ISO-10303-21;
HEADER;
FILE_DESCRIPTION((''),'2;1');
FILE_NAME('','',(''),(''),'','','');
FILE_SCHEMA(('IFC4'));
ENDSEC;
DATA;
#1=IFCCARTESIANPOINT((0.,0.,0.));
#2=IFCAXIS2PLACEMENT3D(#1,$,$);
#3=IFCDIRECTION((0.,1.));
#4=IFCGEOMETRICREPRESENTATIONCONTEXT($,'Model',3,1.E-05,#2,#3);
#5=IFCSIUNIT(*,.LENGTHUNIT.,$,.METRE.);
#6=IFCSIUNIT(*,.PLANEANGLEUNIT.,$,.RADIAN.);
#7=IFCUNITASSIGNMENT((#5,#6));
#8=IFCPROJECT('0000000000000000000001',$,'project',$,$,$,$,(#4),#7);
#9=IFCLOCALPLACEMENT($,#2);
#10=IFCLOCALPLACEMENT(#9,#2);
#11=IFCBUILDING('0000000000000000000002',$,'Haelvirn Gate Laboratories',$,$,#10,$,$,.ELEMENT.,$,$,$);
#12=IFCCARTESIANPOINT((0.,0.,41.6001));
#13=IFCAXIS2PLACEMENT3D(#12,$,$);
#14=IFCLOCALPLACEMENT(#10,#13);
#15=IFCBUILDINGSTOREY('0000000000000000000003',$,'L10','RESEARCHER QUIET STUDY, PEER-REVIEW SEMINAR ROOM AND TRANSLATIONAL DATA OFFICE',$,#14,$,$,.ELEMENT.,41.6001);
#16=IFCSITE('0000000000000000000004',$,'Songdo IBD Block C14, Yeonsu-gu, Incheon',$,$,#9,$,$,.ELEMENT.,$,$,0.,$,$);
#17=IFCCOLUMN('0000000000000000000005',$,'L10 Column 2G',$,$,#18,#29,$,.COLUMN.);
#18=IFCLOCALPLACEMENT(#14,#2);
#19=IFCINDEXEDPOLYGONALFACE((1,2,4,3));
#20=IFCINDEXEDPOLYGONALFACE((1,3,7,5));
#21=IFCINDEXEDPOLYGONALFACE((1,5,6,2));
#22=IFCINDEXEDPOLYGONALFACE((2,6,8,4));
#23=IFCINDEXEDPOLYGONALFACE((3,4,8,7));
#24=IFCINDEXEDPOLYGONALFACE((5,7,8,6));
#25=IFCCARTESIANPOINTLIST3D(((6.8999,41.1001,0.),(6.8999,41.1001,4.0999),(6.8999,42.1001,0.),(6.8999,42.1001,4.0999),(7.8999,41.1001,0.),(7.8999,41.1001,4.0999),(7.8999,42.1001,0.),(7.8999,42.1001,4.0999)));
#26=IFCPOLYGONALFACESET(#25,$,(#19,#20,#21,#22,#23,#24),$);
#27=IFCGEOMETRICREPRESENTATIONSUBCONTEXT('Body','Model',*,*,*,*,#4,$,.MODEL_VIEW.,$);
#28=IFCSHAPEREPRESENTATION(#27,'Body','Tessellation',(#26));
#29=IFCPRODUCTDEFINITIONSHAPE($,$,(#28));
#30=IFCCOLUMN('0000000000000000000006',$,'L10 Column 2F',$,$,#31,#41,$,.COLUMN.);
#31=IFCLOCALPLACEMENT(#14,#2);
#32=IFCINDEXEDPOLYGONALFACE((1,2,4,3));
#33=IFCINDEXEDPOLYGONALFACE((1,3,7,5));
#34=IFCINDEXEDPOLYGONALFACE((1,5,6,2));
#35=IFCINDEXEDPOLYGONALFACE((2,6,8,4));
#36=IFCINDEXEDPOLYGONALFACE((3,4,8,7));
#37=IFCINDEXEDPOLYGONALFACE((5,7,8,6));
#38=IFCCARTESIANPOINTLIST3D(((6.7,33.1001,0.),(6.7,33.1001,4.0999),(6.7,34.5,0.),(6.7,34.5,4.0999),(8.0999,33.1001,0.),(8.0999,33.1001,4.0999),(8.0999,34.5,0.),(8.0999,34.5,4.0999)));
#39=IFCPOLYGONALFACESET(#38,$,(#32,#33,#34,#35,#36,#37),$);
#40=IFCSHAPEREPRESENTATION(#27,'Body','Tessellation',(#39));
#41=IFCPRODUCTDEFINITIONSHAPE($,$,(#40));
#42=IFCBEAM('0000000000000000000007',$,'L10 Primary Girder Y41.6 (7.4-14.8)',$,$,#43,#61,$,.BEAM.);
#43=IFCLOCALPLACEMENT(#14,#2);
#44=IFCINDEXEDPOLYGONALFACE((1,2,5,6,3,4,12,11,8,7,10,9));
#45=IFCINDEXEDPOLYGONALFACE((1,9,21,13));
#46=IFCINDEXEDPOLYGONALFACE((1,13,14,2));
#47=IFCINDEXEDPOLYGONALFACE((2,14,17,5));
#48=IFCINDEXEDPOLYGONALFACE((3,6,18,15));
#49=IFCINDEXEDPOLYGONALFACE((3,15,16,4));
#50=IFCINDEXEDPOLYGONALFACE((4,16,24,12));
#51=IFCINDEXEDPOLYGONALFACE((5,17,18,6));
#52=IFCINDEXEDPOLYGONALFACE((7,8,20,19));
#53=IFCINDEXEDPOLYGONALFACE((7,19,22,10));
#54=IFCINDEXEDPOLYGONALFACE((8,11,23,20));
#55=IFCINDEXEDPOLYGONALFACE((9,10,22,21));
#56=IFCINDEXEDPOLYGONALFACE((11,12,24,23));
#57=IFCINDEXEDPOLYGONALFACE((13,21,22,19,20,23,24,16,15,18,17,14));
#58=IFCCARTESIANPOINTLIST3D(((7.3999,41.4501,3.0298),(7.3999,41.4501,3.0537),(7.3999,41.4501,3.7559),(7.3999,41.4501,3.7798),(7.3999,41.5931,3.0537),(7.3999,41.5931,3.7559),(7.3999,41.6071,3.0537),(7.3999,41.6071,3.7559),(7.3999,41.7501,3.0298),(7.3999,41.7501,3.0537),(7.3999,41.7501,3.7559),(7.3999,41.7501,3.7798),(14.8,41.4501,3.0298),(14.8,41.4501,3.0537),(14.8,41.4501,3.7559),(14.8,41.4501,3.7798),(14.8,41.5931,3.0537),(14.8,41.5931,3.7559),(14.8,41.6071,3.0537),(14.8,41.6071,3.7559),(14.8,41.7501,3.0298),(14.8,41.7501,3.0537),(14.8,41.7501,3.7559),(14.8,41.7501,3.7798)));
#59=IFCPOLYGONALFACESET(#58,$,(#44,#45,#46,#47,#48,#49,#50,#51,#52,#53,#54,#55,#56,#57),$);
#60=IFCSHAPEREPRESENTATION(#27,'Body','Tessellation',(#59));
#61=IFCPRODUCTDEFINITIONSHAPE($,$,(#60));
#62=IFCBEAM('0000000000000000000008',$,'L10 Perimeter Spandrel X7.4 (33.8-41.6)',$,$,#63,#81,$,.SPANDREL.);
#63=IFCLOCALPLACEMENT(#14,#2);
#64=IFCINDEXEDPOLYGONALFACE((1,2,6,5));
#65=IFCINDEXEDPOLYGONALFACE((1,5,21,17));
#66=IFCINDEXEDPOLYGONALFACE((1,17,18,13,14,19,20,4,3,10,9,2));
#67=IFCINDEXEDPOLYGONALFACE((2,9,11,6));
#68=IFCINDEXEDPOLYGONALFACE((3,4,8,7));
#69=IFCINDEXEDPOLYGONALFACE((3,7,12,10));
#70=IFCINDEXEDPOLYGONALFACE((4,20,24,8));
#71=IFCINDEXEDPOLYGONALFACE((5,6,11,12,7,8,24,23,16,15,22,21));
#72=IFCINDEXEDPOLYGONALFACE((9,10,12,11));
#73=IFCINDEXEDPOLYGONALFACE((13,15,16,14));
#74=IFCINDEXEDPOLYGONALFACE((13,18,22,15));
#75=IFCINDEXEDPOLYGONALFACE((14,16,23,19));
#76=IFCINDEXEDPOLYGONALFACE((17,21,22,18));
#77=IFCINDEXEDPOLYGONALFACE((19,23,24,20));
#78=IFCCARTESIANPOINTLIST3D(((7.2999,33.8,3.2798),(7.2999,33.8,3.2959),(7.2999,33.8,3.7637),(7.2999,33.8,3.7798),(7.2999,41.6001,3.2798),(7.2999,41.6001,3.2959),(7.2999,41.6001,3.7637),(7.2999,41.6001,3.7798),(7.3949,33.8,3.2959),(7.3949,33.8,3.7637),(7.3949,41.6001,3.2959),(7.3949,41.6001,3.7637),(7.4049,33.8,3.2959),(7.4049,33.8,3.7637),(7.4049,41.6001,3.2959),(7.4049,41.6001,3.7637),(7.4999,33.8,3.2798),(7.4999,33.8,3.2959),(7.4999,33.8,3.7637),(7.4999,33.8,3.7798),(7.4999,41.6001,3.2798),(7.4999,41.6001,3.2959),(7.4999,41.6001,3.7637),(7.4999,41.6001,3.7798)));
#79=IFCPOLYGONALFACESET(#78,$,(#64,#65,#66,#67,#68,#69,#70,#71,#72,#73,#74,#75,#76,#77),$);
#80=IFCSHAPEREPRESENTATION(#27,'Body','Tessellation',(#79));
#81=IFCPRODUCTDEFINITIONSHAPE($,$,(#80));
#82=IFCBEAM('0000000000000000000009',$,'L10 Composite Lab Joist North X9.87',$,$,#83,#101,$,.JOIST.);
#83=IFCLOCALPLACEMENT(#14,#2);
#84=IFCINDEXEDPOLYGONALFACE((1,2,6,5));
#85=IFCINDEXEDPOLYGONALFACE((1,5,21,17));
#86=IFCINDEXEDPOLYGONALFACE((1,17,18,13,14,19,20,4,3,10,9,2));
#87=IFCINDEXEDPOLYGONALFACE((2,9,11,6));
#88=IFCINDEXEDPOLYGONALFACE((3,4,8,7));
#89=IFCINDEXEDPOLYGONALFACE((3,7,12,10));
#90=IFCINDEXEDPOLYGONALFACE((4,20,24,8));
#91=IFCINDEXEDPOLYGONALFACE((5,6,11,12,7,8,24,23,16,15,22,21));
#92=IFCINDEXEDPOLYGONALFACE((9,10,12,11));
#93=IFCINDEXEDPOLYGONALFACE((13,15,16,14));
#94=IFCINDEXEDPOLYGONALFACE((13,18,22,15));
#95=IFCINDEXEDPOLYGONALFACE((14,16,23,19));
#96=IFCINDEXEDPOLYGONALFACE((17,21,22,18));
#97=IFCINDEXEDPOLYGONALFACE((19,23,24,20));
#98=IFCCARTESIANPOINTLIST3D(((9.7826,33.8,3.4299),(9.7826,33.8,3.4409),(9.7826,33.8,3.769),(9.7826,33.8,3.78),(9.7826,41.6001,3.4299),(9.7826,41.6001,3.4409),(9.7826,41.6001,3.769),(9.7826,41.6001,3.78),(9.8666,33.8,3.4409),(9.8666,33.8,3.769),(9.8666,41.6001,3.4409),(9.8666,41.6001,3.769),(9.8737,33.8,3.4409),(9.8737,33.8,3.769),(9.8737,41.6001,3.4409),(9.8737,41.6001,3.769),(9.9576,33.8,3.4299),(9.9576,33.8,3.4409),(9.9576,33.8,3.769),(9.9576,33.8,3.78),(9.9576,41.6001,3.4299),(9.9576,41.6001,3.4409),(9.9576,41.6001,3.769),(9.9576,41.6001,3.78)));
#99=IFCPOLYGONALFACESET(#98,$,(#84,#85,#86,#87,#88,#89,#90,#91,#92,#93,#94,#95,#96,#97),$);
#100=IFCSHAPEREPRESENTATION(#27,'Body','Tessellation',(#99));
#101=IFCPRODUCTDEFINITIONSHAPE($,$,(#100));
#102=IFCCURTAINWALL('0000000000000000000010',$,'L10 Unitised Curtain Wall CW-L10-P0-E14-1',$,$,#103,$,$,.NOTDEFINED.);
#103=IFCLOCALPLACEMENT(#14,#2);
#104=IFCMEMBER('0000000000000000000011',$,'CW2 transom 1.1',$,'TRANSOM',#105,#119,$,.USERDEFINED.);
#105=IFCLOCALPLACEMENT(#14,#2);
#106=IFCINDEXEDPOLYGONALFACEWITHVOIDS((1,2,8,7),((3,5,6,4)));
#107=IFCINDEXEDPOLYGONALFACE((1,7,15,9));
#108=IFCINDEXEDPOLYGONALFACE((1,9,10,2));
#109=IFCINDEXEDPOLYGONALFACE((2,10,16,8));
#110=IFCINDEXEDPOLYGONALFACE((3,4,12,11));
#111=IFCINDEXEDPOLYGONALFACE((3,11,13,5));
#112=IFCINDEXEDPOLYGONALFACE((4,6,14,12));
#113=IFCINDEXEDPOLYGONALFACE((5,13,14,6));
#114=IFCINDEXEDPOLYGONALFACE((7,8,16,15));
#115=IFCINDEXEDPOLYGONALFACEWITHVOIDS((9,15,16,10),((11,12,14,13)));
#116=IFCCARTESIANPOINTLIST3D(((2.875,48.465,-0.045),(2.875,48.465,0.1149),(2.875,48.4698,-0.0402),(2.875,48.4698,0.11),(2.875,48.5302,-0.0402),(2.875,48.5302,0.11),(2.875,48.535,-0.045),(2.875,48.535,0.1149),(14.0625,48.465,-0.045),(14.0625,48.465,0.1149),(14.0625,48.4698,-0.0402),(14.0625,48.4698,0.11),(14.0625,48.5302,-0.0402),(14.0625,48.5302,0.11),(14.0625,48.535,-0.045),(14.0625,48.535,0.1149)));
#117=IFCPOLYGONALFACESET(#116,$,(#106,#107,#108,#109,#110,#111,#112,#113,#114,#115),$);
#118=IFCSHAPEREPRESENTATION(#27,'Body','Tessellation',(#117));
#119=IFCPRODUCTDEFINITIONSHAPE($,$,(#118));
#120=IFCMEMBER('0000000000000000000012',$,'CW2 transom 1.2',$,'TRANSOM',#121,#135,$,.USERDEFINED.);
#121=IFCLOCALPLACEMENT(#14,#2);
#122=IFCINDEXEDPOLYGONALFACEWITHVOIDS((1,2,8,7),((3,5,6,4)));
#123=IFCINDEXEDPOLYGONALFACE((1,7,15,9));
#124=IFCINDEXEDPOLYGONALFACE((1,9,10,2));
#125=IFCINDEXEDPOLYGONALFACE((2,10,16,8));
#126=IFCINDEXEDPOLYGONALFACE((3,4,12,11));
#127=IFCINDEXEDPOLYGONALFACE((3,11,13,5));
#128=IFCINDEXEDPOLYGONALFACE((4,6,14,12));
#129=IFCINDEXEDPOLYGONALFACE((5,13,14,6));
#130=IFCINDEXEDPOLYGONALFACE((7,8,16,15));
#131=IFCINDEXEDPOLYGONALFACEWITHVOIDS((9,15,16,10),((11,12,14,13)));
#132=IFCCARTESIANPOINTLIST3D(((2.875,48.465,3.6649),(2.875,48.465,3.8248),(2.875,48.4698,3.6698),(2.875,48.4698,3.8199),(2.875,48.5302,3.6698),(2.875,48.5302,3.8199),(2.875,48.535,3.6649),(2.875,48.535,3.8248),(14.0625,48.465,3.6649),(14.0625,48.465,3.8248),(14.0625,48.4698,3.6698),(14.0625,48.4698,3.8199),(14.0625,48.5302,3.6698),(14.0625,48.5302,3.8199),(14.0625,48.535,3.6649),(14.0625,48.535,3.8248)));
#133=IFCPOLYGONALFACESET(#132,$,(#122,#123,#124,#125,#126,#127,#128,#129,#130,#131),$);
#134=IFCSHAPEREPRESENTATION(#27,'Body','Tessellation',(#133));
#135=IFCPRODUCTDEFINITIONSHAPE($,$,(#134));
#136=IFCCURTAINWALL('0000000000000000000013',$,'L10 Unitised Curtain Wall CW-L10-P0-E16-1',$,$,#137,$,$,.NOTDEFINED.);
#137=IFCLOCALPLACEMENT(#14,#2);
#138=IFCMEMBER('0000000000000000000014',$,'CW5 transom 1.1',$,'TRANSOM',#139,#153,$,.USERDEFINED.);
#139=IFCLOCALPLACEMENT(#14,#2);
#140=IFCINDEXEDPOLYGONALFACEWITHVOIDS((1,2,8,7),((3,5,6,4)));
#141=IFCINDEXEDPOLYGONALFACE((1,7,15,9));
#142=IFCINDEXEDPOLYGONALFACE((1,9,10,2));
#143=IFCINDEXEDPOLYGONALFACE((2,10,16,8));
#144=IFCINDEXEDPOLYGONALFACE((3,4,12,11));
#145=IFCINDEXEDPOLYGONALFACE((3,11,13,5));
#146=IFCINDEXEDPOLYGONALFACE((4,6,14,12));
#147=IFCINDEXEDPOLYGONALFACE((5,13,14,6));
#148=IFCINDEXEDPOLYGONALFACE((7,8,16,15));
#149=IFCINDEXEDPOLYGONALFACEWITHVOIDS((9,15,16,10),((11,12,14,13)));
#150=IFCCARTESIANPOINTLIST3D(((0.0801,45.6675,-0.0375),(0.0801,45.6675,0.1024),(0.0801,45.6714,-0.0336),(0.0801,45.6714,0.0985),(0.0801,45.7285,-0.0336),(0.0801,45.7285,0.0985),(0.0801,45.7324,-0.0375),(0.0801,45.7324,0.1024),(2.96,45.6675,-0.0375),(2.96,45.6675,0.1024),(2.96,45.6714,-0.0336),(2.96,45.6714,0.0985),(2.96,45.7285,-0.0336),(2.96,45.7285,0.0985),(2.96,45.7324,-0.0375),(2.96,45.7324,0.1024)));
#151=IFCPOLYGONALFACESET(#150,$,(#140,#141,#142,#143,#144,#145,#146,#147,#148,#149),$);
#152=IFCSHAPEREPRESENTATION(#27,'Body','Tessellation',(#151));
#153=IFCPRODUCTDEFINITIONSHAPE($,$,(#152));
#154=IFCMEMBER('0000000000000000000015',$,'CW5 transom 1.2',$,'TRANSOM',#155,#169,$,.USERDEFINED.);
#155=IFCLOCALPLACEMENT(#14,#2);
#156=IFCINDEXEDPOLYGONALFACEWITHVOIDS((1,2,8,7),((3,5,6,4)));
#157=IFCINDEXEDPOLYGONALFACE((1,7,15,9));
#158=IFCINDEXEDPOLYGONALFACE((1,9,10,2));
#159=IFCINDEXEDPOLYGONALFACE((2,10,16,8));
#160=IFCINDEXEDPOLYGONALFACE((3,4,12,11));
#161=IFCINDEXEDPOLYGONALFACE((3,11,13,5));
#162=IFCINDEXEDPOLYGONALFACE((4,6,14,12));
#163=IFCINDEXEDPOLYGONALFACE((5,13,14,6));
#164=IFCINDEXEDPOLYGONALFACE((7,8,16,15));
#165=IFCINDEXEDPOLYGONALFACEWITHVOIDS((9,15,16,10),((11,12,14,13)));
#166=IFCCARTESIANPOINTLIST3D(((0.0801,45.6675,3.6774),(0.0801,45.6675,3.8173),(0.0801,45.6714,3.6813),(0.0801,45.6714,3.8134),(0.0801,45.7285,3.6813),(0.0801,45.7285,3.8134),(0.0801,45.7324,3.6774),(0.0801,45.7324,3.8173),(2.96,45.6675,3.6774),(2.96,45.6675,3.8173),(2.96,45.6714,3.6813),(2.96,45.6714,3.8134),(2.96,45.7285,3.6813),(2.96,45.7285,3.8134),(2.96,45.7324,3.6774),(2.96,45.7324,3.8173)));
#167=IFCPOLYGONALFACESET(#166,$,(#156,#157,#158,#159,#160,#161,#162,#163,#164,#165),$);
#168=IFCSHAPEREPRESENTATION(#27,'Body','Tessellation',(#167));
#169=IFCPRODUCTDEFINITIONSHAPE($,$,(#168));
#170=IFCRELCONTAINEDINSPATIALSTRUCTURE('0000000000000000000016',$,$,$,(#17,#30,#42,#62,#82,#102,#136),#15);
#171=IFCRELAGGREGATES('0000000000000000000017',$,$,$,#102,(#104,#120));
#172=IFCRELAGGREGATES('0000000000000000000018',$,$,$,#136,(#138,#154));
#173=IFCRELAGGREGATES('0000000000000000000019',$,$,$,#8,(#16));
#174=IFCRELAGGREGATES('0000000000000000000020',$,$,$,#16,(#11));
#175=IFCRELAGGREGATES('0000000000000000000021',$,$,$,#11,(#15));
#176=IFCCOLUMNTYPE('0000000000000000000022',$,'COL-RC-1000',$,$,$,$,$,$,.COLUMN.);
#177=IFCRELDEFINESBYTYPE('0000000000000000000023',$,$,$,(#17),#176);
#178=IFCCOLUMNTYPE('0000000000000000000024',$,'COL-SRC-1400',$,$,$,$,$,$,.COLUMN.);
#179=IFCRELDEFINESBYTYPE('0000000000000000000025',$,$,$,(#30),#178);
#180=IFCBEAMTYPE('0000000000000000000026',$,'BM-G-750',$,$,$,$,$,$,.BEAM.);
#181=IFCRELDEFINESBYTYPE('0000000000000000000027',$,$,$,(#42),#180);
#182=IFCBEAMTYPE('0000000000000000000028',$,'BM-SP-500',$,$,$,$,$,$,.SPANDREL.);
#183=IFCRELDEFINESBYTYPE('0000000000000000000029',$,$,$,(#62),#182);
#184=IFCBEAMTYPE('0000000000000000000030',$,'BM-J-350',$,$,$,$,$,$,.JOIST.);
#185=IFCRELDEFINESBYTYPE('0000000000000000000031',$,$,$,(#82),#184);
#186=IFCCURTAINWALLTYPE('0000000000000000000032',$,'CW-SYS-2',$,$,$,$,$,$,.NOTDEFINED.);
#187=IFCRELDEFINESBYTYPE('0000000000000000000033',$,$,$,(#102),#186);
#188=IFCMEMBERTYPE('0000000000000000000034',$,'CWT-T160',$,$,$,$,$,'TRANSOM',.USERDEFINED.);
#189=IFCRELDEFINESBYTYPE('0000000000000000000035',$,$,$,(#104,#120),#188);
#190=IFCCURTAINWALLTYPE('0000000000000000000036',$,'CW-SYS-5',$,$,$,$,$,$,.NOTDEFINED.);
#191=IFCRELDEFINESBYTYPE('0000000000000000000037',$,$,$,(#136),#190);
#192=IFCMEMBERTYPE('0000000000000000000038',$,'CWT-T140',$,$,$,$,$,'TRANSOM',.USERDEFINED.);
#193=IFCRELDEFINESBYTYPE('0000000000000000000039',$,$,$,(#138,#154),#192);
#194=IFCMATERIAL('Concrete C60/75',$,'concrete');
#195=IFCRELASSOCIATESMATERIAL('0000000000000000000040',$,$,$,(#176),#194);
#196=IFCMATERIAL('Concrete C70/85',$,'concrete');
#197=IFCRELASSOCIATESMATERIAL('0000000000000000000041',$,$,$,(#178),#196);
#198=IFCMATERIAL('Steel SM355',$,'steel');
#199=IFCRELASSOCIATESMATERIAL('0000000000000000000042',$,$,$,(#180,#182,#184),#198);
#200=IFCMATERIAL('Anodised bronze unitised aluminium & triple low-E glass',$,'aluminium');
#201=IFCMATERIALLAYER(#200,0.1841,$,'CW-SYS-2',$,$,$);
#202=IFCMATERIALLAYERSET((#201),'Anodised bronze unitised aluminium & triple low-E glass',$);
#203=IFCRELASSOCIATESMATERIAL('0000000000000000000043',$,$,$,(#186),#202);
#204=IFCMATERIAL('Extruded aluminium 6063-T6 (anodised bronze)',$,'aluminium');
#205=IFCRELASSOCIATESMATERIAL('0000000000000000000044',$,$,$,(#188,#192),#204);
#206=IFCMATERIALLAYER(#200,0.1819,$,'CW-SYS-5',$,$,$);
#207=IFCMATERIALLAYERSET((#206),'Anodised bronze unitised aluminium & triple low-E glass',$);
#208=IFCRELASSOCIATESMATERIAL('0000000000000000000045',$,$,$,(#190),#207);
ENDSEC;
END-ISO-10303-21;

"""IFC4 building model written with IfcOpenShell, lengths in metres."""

from ifc_helpers import new_model, si_unit, direction, frame, origin, origin_2d, place, context, subcontext, project, spatial, rectangle, hollow_rectangle, i_section, extrude, source, transform, mapped, material, layer, layer_set, material_profile, profile_set, type_object, type_shapes, element, aggregate, save


model = new_model("IFC4")

# Units and contexts
model_context = context("Model", 3, precision=1e-05, world=origin(), true_north=direction((0.0, 1.0)))
body_context = subcontext(model_context, "Body", "Model", "MODEL_VIEW")
ifc_project = project(units=[si_unit("LENGTHUNIT", "METRE"), si_unit("PLANEANGLEUNIT", "RADIAN")], contexts=[model_context])

# Site, building, storey
site_placement = place(None, origin())
site = spatial("IfcSite", under=ifc_project, at=site_placement, Name="Songdo IBD Block C14, Yeonsu-gu, Incheon", CompositionType="ELEMENT", RefElevation=0.0)
building_placement = place(site_placement, origin())
building = spatial("IfcBuilding", under=site, at=building_placement, Name="Haelvirn Gate Laboratories", CompositionType="ELEMENT")
storey_placement = place(building_placement, frame((0.0, 0.0, 41.6001)))
storey = spatial("IfcBuildingStorey", under=building, at=storey_placement, Name="L10", Description="RESEARCHER QUIET STUDY, PEER-REVIEW SEMINAR ROOM AND TRANSLATIONAL DATA OFFICE", CompositionType="ELEMENT", Elevation=41.6001)

# Columns
ifc_material_1 = material(Name="Concrete C60/75", Category="concrete")
ifc_material_profile_1 = material_profile(ifc_material_1, rectangle(XDim=1.0, YDim=1.0, at=origin_2d()), Name="RC-1000x1000")
ifc_profile_set_1 = profile_set([ifc_material_profile_1], Name="Concrete C60/75")
column_type_1 = type_object("IfcColumnType", Name="COL-RC-1000", PredefinedType="COLUMN", material=ifc_profile_set_1)
shared_shape_1 = source(origin(), body_context, "Body", "SweptSolid", [
    extrude(rectangle(XDim=1.0, YDim=1.0, at=origin_2d()), origin(), (0.0, 0.0, 1.0), 4.0999),
])
type_shapes(column_type_1, [shared_shape_1])
column_1_placement = place(storey_placement, frame((7.3999, 41.6001, 0.0), z_axis=(0.0, 0.0, 1.0), x_axis=(1.0, 0.0, 0.0)))
element("IfcColumn", 1, at=column_1_placement, inside=storey, type_object=column_type_1, Name="L10 Column 2G", PredefinedType="COLUMN", context=body_context, shape_type="MappedRepresentation", body=[
    mapped(shared_shape_1, transform((0.0, 0.0, 0.0), scale=1.0)),
])
ifc_material_2 = material(Name="Concrete C70/85", Category="concrete")
ifc_material_profile_2 = material_profile(ifc_material_2, rectangle(XDim=1.3999, YDim=1.3999, at=origin_2d()), Name="SRC-1400x1400")
ifc_profile_set_2 = profile_set([ifc_material_profile_2], Name="Concrete C70/85")
column_type_2 = type_object("IfcColumnType", Name="COL-SRC-1400", PredefinedType="COLUMN", material=ifc_profile_set_2)
shared_shape_2 = source(origin(), body_context, "Body", "SweptSolid", [
    extrude(rectangle(XDim=1.3999, YDim=1.3999, at=origin_2d()), origin(), (0.0, 0.0, 1.0), 4.0999),
])
type_shapes(column_type_2, [shared_shape_2])
column_2_placement = place(storey_placement, frame((7.3999, 33.8, 0.0), z_axis=(0.0, 0.0, 1.0), x_axis=(1.0, 0.0, 0.0)))
element("IfcColumn", 2, at=column_2_placement, inside=storey, type_object=column_type_2, Name="L10 Column 2F", PredefinedType="COLUMN", context=body_context, shape_type="MappedRepresentation", body=[
    mapped(shared_shape_2, transform((0.0, 0.0, 0.0), scale=1.0)),
])

# Beams
ifc_material_3 = material(Name="Steel SM355", Category="steel")
ifc_material_profile_3 = material_profile(ifc_material_3, i_section(OverallWidth=0.3, OverallDepth=0.75, WebThickness=0.0139, FlangeThickness=0.0239, at=origin_2d()), Name="H-750x300x14x24")
ifc_profile_set_3 = profile_set([ifc_material_profile_3], Name="Steel SM355")
beam_type_1 = type_object("IfcBeamType", Name="BM-G-750", PredefinedType="BEAM", material=ifc_profile_set_3)
shared_shape_3 = source(origin(), body_context, "Body", "SweptSolid", [
    extrude(i_section(OverallWidth=0.3, OverallDepth=0.75, WebThickness=0.0139, FlangeThickness=0.0239, at=origin_2d()), origin(), (0.0, 0.0, 1.0), 7.4001),
])
type_shapes(beam_type_1, [shared_shape_3])
beam_1_placement = place(storey_placement, frame((7.3999, 41.6001, 3.4048), z_axis=(1.0, 0.0, 0.0), x_axis=(0.0, 1.0, 0.0)))
element("IfcBeam", 3, at=beam_1_placement, inside=storey, type_object=beam_type_1, Name="L10 Primary Girder Y41.6 (7.4-14.8)", PredefinedType="BEAM", context=body_context, shape_type="MappedRepresentation", body=[
    mapped(shared_shape_3, transform((0.0, 0.0, 0.0), scale=1.0)),
])
ifc_material_profile_4 = material_profile(ifc_material_3, i_section(OverallWidth=0.2, OverallDepth=0.5, WebThickness=0.01, FlangeThickness=0.0161, at=origin_2d()), Name="H-500x200x10x16")
ifc_profile_set_4 = profile_set([ifc_material_profile_4], Name="Steel SM355")
beam_type_2 = type_object("IfcBeamType", Name="BM-SP-500", PredefinedType="SPANDREL", material=ifc_profile_set_4)
shared_shape_4 = source(origin(), body_context, "Body", "SweptSolid", [
    extrude(i_section(OverallWidth=0.2, OverallDepth=0.5, WebThickness=0.01, FlangeThickness=0.0161, at=origin_2d()), origin(), (0.0, 0.0, 1.0), 7.8),
])
type_shapes(beam_type_2, [shared_shape_4])
beam_2_placement = place(storey_placement, frame((7.3999, 33.8, 3.5298), z_axis=(0.0, 1.0, 0.0), x_axis=(-1.0, 0.0, 0.0)))
element("IfcBeam", 4, at=beam_2_placement, inside=storey, type_object=beam_type_2, Name="L10 Perimeter Spandrel X7.4 (33.8-41.6)", PredefinedType="SPANDREL", context=body_context, shape_type="MappedRepresentation", body=[
    mapped(shared_shape_4, transform((0.0, 0.0, 0.0), scale=1.0)),
])
ifc_material_profile_5 = material_profile(ifc_material_3, i_section(OverallWidth=0.175, OverallDepth=0.3501, WebThickness=0.0071, FlangeThickness=0.011, at=origin_2d()), Name="H-350x175x7x11")
ifc_profile_set_5 = profile_set([ifc_material_profile_5], Name="Steel SM355")
beam_type_3 = type_object("IfcBeamType", Name="BM-J-350", PredefinedType="JOIST", material=ifc_profile_set_5)
shared_shape_5 = source(origin(), body_context, "Body", "SweptSolid", [
    extrude(i_section(OverallWidth=0.175, OverallDepth=0.3501, WebThickness=0.0071, FlangeThickness=0.011, at=origin_2d()), origin(), (0.0, 0.0, 1.0), 7.8),
])
type_shapes(beam_type_3, [shared_shape_5])
beam_3_placement = place(storey_placement, frame((9.8701, 33.8, 3.605), z_axis=(0.0, 1.0, 0.0), x_axis=(-1.0, 0.0, 0.0)))
element("IfcBeam", 5, at=beam_3_placement, inside=storey, type_object=beam_type_3, Name="L10 Composite Lab Joist North X9.87", PredefinedType="JOIST", context=body_context, shape_type="MappedRepresentation", body=[
    mapped(shared_shape_5, transform((0.0, 0.0, 0.0), scale=1.0)),
])

# Curtain walls, members
ifc_material_4 = material(Name="Anodised bronze unitised aluminium & triple low-E glass", Category="aluminium")
ifc_layer_1 = layer(ifc_material_4, 0.1841, Name="CW-SYS-2")
ifc_layer_set_1 = layer_set([ifc_layer_1], Name="Anodised bronze unitised aluminium & triple low-E glass")
curtain_wall_type_1 = type_object("IfcCurtainWallType", Name="CW-SYS-2", PredefinedType="NOTDEFINED", material=ifc_layer_set_1)
curtain_wall_1_placement = place(storey_placement, origin())
curtain_wall_1 = element("IfcCurtainWall", 6, at=curtain_wall_1_placement, inside=storey, type_object=curtain_wall_type_1, Name="L10 Unitised Curtain Wall CW-L10-P0-E14-1", PredefinedType="NOTDEFINED")
ifc_material_5 = material(Name="Extruded aluminium 6063-T6 (anodised bronze)", Category="aluminium")
ifc_material_profile_6 = material_profile(ifc_material_5, hollow_rectangle(XDim=0.0701, YDim=0.1599, WallThickness=0.0049, at=origin_2d()), Name="CWT-160x70x5")
ifc_profile_set_6 = profile_set([ifc_material_profile_6], Name="Extruded aluminium 6063-T6 (anodised bronze)")
member_type_1 = type_object("IfcMemberType", Name="CWT-T160", ElementType="TRANSOM", PredefinedType="USERDEFINED", material=ifc_profile_set_6)
shared_shape_6 = source(origin(), body_context, "Body", "SweptSolid", [
    extrude(hollow_rectangle(XDim=0.0701, YDim=0.1599, WallThickness=0.0049, at=origin_2d()), origin(), (0.0, 0.0, 1.0), 11.1875),
])
member_1_placement = place(storey_placement, frame((2.875, 48.5, 0.0349), z_axis=(1.0, 0.0, 0.0), x_axis=(0.0, 1.0, 0.0)))
member_1 = element("IfcMember", 7, at=member_1_placement, type_object=member_type_1, Name="CW2 transom 1.1", ObjectType="TRANSOM", PredefinedType="USERDEFINED", context=body_context, shape_type="MappedRepresentation", body=[
    mapped(shared_shape_6, transform((0.0, 0.0, 0.0), scale=1.0)),
])
member_2_placement = place(storey_placement, frame((2.875, 48.5, 3.7449), z_axis=(1.0, 0.0, 0.0), x_axis=(0.0, 1.0, 0.0)))
member_2 = element("IfcMember", 8, at=member_2_placement, type_object=member_type_1, Name="CW2 transom 1.2", ObjectType="TRANSOM", PredefinedType="USERDEFINED", context=body_context, shape_type="MappedRepresentation", body=[
    mapped(shared_shape_6, transform((0.0, 0.0, 0.0), scale=1.0)),
])
ifc_layer_2 = layer(ifc_material_4, 0.1819, Name="CW-SYS-5")
ifc_layer_set_2 = layer_set([ifc_layer_2], Name="Anodised bronze unitised aluminium & triple low-E glass")
curtain_wall_type_2 = type_object("IfcCurtainWallType", Name="CW-SYS-5", PredefinedType="NOTDEFINED", material=ifc_layer_set_2)
curtain_wall_2_placement = place(storey_placement, origin())
curtain_wall_2 = element("IfcCurtainWall", 9, at=curtain_wall_2_placement, inside=storey, type_object=curtain_wall_type_2, Name="L10 Unitised Curtain Wall CW-L10-P0-E16-1", PredefinedType="NOTDEFINED")
ifc_material_profile_7 = material_profile(ifc_material_5, hollow_rectangle(XDim=0.0649, YDim=0.1399, WallThickness=0.0039, at=origin_2d()), Name="CWT-140x65x4")
ifc_profile_set_7 = profile_set([ifc_material_profile_7], Name="Extruded aluminium 6063-T6 (anodised bronze)")
member_type_2 = type_object("IfcMemberType", Name="CWT-T140", ElementType="TRANSOM", PredefinedType="USERDEFINED", material=ifc_profile_set_7)
shared_shape_7 = source(origin(), body_context, "Body", "SweptSolid", [
    extrude(hollow_rectangle(XDim=0.0649, YDim=0.1399, WallThickness=0.0039, at=origin_2d()), origin(), (0.0, 0.0, 1.0), 2.8799),
])
type_shapes(member_type_2, [shared_shape_7])
member_3_placement = place(storey_placement, frame((0.0801, 45.7, 0.0325), z_axis=(1.0, 0.0, 0.0), x_axis=(0.0, 1.0, 0.0)))
member_3 = element("IfcMember", 10, at=member_3_placement, type_object=member_type_2, Name="CW5 transom 1.1", ObjectType="TRANSOM", PredefinedType="USERDEFINED", context=body_context, shape_type="MappedRepresentation", body=[
    mapped(shared_shape_7, transform((0.0, 0.0, 0.0), scale=1.0)),
])
member_4_placement = place(storey_placement, frame((0.0801, 45.7, 3.7473), z_axis=(1.0, 0.0, 0.0), x_axis=(0.0, 1.0, 0.0)))
member_4 = element("IfcMember", 11, at=member_4_placement, type_object=member_type_2, Name="CW5 transom 1.2", ObjectType="TRANSOM", PredefinedType="USERDEFINED", context=body_context, shape_type="MappedRepresentation", body=[
    mapped(shared_shape_7, transform((0.0, 0.0, 0.0), scale=1.0)),
])

aggregate(curtain_wall_1, [member_1, member_2])
aggregate(curtain_wall_2, [member_3, member_4])

save(model, "model.ifc")
